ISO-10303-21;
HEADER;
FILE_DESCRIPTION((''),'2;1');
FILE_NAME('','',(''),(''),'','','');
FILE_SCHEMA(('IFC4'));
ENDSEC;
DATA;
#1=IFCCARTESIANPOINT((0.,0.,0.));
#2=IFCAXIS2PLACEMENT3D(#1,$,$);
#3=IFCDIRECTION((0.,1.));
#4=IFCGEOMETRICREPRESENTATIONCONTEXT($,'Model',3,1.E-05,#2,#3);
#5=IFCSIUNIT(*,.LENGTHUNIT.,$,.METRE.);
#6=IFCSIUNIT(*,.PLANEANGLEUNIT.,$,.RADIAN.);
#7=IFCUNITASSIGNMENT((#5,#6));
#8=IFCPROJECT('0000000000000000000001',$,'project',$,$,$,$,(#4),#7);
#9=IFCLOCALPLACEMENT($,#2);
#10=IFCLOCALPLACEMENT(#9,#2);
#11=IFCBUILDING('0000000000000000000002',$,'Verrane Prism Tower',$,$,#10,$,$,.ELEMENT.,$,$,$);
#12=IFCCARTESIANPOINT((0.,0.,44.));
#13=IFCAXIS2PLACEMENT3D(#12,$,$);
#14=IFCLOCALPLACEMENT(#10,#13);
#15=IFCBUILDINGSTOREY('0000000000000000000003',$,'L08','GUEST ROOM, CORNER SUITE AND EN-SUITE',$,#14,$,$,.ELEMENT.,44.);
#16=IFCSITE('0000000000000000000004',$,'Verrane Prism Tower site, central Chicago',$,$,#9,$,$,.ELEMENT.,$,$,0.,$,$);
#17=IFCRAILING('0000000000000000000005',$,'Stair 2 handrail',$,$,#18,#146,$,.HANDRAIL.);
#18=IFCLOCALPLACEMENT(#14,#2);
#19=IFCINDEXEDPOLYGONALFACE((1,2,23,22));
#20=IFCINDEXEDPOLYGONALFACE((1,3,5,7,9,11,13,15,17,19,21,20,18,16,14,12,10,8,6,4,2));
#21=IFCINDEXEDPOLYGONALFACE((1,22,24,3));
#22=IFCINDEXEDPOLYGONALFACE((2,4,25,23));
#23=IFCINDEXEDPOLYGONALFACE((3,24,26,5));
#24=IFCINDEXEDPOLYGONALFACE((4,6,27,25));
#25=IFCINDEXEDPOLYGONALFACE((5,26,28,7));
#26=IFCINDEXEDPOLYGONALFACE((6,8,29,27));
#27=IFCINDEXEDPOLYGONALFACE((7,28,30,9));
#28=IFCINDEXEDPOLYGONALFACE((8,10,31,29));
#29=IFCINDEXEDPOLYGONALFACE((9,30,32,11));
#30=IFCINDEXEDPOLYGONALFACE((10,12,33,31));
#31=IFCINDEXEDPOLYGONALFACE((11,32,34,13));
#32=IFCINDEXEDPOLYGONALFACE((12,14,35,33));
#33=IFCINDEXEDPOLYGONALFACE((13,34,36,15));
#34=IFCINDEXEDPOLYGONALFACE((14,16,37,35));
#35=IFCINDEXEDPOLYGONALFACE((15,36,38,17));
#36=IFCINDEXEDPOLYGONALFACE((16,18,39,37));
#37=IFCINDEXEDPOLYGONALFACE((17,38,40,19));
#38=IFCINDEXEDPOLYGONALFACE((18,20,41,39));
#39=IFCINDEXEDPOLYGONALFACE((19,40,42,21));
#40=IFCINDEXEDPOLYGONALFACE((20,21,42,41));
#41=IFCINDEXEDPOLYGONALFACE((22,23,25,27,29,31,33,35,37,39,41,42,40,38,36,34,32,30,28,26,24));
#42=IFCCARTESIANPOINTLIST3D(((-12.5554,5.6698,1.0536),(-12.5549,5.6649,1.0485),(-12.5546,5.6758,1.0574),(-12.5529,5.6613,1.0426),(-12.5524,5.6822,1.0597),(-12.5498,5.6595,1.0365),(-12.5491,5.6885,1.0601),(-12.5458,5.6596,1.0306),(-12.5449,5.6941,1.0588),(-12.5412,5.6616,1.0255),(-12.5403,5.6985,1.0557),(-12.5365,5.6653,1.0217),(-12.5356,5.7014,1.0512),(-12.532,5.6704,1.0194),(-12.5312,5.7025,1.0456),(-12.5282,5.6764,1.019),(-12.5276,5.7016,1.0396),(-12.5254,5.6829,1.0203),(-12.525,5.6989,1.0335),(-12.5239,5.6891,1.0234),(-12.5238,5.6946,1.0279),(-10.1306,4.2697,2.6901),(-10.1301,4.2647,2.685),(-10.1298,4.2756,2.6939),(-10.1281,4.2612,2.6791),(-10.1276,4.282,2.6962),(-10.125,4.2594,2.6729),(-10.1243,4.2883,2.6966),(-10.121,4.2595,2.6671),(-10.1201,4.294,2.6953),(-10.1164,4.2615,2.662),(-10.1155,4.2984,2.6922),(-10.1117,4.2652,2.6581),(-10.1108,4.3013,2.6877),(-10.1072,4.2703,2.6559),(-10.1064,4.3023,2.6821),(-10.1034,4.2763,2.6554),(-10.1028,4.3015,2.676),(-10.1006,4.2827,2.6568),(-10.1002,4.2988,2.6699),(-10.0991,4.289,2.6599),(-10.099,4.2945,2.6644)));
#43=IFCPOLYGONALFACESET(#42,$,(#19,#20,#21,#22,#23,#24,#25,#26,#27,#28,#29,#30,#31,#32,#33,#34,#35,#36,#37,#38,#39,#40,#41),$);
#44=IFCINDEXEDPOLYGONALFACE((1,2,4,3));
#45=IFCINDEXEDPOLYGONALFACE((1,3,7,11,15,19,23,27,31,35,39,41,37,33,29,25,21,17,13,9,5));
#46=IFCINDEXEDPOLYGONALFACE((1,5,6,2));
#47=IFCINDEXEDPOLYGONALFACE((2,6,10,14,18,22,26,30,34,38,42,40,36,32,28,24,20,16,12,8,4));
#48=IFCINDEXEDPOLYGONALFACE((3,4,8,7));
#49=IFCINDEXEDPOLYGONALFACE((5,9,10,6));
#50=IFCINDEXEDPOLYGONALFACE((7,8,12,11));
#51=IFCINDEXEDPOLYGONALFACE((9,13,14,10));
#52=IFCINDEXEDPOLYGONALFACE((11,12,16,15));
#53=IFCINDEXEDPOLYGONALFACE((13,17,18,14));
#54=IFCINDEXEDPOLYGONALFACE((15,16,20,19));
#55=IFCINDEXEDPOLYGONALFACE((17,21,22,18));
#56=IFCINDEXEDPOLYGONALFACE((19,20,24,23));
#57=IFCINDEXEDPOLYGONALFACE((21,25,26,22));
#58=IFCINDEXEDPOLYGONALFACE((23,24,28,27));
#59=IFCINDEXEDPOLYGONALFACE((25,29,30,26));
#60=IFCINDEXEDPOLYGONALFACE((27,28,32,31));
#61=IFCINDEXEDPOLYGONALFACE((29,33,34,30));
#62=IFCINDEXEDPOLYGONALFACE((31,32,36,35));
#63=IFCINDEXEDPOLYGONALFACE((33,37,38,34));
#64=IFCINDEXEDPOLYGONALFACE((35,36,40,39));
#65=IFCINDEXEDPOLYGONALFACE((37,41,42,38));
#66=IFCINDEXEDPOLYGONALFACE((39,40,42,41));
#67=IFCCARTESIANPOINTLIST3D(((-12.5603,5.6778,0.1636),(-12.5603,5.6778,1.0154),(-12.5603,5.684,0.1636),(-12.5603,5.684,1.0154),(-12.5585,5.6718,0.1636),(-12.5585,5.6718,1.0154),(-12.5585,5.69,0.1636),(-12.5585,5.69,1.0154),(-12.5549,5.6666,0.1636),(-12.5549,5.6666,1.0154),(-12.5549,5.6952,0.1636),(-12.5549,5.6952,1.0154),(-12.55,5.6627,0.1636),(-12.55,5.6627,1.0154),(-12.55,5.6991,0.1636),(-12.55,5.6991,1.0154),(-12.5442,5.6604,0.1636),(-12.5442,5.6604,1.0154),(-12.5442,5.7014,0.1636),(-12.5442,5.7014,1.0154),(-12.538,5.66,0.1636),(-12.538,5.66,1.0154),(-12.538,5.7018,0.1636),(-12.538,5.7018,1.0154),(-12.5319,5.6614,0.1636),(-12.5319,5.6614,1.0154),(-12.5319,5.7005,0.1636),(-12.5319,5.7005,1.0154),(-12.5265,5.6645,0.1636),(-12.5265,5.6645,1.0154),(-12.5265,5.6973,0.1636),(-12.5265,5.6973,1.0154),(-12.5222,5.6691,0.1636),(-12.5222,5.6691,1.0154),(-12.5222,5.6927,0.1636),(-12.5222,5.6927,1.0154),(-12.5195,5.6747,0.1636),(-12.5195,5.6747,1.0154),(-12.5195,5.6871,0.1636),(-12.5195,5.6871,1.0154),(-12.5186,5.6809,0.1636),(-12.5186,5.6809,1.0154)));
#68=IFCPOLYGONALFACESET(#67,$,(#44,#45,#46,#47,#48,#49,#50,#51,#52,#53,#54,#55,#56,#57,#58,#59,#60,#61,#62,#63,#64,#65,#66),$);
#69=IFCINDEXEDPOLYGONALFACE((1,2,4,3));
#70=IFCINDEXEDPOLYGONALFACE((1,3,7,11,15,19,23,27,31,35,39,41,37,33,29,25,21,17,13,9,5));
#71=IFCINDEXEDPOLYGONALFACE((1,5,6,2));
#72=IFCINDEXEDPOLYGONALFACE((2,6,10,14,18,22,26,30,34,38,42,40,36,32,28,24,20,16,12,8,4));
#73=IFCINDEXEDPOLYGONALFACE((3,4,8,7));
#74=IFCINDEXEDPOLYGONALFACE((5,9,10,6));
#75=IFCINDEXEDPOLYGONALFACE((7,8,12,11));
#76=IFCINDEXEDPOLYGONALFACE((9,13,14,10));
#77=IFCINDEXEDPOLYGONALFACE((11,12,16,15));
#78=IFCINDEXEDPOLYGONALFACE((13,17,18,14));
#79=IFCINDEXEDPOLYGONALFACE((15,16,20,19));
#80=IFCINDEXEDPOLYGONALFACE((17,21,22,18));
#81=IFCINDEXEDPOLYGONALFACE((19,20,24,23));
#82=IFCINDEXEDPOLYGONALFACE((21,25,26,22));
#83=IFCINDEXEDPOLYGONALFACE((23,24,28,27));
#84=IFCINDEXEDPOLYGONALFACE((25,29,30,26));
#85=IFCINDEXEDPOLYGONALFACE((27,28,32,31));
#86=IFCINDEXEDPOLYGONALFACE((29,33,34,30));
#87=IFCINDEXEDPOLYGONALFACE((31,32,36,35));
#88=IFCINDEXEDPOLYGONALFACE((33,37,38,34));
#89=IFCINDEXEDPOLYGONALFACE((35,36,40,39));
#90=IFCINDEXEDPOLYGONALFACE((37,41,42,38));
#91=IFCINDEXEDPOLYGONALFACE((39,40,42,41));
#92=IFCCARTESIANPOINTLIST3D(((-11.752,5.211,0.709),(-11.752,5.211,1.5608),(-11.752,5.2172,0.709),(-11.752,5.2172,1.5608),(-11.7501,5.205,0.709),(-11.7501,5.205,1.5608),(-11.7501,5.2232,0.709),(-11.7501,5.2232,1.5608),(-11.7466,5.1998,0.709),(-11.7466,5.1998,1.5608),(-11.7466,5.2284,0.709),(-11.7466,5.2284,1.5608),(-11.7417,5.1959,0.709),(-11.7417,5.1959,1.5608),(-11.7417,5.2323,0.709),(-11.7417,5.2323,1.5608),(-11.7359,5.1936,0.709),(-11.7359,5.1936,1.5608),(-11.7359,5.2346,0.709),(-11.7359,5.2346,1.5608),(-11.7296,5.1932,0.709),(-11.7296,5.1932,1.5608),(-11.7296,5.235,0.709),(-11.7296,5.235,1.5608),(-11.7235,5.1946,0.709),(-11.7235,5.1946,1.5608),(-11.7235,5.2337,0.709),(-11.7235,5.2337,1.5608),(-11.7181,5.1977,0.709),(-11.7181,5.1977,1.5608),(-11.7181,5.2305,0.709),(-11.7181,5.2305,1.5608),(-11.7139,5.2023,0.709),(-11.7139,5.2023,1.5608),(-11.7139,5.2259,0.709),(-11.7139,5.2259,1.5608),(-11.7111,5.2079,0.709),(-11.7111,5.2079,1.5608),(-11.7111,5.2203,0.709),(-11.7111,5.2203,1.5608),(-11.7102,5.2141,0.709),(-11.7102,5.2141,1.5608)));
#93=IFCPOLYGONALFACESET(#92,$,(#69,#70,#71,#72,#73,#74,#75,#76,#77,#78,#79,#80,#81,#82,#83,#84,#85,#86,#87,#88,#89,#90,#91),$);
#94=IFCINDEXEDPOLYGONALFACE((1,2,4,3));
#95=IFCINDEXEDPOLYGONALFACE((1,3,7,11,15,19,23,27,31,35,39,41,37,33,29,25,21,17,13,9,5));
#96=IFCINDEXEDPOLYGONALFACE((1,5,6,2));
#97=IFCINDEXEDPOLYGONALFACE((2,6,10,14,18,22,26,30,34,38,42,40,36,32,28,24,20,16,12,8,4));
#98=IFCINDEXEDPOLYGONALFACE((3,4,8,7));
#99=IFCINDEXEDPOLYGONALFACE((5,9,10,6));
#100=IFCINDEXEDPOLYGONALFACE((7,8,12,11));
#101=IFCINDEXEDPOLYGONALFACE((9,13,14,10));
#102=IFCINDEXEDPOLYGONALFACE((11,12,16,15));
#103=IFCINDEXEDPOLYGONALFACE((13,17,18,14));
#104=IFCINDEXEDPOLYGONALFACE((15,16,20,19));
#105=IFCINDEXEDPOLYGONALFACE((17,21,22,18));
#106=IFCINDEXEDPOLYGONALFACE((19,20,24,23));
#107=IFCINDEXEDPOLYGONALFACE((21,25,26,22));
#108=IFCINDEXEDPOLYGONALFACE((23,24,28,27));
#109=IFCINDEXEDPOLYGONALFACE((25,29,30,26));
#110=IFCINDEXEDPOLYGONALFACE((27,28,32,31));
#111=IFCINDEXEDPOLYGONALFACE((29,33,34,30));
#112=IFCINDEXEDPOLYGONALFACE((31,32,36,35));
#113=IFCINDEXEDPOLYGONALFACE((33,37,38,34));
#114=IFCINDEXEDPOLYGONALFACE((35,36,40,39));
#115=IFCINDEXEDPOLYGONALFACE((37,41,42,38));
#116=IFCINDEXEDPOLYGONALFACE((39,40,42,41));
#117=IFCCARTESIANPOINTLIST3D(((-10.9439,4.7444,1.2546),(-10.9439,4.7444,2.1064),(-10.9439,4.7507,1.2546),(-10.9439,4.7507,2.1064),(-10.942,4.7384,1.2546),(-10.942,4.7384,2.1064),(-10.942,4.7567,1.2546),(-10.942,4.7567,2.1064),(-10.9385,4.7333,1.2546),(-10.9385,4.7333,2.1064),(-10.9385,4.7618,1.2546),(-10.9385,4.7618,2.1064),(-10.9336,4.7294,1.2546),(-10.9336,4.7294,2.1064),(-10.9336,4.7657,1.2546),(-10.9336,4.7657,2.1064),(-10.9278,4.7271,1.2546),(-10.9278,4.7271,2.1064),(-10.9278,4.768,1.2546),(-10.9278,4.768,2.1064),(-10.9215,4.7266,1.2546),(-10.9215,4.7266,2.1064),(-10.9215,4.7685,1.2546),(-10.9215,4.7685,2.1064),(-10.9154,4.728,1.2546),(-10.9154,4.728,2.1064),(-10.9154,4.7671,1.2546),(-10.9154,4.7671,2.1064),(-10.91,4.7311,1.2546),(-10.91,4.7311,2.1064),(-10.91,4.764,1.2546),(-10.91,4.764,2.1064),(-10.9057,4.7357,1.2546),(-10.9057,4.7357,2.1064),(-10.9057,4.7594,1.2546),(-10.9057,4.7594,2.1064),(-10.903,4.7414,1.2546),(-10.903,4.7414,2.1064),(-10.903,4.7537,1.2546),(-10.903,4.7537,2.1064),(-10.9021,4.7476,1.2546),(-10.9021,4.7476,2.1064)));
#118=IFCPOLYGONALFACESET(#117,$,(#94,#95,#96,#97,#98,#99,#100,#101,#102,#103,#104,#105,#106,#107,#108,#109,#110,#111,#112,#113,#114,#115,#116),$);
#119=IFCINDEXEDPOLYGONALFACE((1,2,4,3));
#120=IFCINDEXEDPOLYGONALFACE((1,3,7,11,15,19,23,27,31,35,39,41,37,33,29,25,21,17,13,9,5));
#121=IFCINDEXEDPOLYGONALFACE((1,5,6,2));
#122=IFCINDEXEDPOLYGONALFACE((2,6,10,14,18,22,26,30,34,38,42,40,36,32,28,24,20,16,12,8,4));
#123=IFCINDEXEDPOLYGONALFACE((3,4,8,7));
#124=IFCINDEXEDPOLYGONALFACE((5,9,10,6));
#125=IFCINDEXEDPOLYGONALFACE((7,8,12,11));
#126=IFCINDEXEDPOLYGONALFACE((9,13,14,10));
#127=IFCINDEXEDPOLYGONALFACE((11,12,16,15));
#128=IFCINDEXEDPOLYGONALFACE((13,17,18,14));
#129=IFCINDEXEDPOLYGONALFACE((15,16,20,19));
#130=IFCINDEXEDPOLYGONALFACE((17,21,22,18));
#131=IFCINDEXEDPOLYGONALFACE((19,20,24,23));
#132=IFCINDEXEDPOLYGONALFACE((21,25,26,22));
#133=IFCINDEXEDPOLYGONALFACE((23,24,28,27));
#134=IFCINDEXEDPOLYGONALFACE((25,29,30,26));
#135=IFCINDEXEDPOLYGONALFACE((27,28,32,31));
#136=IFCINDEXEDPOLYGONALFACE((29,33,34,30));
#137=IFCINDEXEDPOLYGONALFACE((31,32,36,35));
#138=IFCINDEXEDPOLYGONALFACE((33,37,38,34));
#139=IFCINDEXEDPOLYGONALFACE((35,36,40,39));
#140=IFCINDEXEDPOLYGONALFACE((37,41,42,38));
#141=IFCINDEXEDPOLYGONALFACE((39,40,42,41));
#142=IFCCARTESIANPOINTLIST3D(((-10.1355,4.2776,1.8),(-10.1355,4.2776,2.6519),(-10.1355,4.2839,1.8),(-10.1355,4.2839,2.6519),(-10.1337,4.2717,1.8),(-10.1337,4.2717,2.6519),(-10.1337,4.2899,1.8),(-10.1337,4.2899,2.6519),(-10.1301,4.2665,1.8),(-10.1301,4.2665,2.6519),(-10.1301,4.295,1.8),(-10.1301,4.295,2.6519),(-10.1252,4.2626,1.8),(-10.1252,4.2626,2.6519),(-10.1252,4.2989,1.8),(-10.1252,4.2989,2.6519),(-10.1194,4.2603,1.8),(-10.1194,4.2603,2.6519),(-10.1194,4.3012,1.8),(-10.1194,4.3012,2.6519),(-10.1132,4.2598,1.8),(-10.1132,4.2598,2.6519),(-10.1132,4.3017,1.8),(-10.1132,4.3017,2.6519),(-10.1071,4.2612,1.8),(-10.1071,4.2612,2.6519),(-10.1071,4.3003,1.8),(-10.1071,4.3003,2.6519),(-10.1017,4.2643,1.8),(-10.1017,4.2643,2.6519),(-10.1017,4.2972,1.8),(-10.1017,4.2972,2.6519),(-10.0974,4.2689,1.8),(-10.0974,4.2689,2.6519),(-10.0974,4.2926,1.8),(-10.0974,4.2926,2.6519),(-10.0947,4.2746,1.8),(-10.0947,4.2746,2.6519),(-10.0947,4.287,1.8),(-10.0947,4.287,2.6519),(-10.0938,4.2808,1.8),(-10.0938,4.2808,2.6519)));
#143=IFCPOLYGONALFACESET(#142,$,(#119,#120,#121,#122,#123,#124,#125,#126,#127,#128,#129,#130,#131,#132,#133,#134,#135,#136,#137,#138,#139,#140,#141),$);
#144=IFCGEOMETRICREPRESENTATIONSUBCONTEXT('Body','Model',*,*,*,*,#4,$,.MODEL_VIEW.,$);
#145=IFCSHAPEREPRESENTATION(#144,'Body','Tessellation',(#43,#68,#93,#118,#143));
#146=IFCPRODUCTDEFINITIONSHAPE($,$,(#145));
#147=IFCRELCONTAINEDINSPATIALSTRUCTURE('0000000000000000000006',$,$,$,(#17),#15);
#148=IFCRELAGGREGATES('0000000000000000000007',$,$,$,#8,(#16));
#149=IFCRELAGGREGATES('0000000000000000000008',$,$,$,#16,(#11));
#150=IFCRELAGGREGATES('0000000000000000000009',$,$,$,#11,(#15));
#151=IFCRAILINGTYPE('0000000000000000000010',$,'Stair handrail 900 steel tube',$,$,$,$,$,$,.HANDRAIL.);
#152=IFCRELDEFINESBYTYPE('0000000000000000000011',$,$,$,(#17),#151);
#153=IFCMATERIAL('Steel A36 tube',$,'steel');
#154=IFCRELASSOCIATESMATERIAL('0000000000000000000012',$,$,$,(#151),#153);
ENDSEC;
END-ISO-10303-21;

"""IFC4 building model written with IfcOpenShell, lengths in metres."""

from ifc_helpers import new_model, si_unit, direction, frame, origin, origin_2d, place, context, subcontext, project, spatial, circle, extrude, material, type_object, element, save


model = new_model("IFC4")

# Units and contexts
model_context = context("Model", 3, precision=1e-05, world=origin(), true_north=direction((0.0, 1.0)))
body_context = subcontext(model_context, "Body", "Model", "MODEL_VIEW")
ifc_project = project(units=[si_unit("LENGTHUNIT", "METRE"), si_unit("PLANEANGLEUNIT", "RADIAN")], contexts=[model_context])

# Site, building, storey
site_placement = place(None, origin())
site = spatial("IfcSite", under=ifc_project, at=site_placement, Name="Verrane Prism Tower site, central Chicago", CompositionType="ELEMENT", RefElevation=0.0)
building_placement = place(site_placement, origin())
building = spatial("IfcBuilding", under=site, at=building_placement, Name="Verrane Prism Tower", CompositionType="ELEMENT")
storey_placement = place(building_placement, frame((0.0, 0.0, 44.0)))
storey = spatial("IfcBuildingStorey", under=building, at=storey_placement, Name="L08", Description="GUEST ROOM, CORNER SUITE AND EN-SUITE", CompositionType="ELEMENT", Elevation=44.0)

# Railing
ifc_material_1 = material(Name="Steel A36 tube", Category="steel")
railing_type_1 = type_object("IfcRailingType", Name="Stair handrail 900 steel tube", PredefinedType="HANDRAIL", material=ifc_material_1)
railing_1_placement = place(storey_placement, frame((-12.5396, 5.6809, 0.1636)))
element("IfcRailing", 1, at=railing_1_placement, inside=storey, type_object=railing_type_1, Name="Stair 2 handrail", PredefinedType="HANDRAIL", context=body_context, shape_type="SweptSolid", body=[
    extrude(circle(Radius=0.0239, at=origin_2d()), frame((0.0, 0.0, 0.876), z_axis=(0.747666, -0.431722, 0.504591), x_axis=(0.50005, 0.865997, 0.0)), (0.0, 0.0, 1.0), 3.2432),
    extrude(circle(Radius=0.021, at=origin_2d()), origin(), (0.0, 0.0, 1.0), 0.8518),
    extrude(circle(Radius=0.021, at=origin_2d()), frame((0.8083, -0.4668, 0.5454)), (0.0, 0.0, 1.0), 0.8518),
    extrude(circle(Radius=0.021, at=origin_2d()), frame((1.6165, -0.9333, 1.0911)), (0.0, 0.0, 1.0), 0.8518),
    extrude(circle(Radius=0.021, at=origin_2d()), frame((2.4248, -1.4001, 1.6365)), (0.0, 0.0, 1.0), 0.8518),
])

save(model, "model.ifc")
